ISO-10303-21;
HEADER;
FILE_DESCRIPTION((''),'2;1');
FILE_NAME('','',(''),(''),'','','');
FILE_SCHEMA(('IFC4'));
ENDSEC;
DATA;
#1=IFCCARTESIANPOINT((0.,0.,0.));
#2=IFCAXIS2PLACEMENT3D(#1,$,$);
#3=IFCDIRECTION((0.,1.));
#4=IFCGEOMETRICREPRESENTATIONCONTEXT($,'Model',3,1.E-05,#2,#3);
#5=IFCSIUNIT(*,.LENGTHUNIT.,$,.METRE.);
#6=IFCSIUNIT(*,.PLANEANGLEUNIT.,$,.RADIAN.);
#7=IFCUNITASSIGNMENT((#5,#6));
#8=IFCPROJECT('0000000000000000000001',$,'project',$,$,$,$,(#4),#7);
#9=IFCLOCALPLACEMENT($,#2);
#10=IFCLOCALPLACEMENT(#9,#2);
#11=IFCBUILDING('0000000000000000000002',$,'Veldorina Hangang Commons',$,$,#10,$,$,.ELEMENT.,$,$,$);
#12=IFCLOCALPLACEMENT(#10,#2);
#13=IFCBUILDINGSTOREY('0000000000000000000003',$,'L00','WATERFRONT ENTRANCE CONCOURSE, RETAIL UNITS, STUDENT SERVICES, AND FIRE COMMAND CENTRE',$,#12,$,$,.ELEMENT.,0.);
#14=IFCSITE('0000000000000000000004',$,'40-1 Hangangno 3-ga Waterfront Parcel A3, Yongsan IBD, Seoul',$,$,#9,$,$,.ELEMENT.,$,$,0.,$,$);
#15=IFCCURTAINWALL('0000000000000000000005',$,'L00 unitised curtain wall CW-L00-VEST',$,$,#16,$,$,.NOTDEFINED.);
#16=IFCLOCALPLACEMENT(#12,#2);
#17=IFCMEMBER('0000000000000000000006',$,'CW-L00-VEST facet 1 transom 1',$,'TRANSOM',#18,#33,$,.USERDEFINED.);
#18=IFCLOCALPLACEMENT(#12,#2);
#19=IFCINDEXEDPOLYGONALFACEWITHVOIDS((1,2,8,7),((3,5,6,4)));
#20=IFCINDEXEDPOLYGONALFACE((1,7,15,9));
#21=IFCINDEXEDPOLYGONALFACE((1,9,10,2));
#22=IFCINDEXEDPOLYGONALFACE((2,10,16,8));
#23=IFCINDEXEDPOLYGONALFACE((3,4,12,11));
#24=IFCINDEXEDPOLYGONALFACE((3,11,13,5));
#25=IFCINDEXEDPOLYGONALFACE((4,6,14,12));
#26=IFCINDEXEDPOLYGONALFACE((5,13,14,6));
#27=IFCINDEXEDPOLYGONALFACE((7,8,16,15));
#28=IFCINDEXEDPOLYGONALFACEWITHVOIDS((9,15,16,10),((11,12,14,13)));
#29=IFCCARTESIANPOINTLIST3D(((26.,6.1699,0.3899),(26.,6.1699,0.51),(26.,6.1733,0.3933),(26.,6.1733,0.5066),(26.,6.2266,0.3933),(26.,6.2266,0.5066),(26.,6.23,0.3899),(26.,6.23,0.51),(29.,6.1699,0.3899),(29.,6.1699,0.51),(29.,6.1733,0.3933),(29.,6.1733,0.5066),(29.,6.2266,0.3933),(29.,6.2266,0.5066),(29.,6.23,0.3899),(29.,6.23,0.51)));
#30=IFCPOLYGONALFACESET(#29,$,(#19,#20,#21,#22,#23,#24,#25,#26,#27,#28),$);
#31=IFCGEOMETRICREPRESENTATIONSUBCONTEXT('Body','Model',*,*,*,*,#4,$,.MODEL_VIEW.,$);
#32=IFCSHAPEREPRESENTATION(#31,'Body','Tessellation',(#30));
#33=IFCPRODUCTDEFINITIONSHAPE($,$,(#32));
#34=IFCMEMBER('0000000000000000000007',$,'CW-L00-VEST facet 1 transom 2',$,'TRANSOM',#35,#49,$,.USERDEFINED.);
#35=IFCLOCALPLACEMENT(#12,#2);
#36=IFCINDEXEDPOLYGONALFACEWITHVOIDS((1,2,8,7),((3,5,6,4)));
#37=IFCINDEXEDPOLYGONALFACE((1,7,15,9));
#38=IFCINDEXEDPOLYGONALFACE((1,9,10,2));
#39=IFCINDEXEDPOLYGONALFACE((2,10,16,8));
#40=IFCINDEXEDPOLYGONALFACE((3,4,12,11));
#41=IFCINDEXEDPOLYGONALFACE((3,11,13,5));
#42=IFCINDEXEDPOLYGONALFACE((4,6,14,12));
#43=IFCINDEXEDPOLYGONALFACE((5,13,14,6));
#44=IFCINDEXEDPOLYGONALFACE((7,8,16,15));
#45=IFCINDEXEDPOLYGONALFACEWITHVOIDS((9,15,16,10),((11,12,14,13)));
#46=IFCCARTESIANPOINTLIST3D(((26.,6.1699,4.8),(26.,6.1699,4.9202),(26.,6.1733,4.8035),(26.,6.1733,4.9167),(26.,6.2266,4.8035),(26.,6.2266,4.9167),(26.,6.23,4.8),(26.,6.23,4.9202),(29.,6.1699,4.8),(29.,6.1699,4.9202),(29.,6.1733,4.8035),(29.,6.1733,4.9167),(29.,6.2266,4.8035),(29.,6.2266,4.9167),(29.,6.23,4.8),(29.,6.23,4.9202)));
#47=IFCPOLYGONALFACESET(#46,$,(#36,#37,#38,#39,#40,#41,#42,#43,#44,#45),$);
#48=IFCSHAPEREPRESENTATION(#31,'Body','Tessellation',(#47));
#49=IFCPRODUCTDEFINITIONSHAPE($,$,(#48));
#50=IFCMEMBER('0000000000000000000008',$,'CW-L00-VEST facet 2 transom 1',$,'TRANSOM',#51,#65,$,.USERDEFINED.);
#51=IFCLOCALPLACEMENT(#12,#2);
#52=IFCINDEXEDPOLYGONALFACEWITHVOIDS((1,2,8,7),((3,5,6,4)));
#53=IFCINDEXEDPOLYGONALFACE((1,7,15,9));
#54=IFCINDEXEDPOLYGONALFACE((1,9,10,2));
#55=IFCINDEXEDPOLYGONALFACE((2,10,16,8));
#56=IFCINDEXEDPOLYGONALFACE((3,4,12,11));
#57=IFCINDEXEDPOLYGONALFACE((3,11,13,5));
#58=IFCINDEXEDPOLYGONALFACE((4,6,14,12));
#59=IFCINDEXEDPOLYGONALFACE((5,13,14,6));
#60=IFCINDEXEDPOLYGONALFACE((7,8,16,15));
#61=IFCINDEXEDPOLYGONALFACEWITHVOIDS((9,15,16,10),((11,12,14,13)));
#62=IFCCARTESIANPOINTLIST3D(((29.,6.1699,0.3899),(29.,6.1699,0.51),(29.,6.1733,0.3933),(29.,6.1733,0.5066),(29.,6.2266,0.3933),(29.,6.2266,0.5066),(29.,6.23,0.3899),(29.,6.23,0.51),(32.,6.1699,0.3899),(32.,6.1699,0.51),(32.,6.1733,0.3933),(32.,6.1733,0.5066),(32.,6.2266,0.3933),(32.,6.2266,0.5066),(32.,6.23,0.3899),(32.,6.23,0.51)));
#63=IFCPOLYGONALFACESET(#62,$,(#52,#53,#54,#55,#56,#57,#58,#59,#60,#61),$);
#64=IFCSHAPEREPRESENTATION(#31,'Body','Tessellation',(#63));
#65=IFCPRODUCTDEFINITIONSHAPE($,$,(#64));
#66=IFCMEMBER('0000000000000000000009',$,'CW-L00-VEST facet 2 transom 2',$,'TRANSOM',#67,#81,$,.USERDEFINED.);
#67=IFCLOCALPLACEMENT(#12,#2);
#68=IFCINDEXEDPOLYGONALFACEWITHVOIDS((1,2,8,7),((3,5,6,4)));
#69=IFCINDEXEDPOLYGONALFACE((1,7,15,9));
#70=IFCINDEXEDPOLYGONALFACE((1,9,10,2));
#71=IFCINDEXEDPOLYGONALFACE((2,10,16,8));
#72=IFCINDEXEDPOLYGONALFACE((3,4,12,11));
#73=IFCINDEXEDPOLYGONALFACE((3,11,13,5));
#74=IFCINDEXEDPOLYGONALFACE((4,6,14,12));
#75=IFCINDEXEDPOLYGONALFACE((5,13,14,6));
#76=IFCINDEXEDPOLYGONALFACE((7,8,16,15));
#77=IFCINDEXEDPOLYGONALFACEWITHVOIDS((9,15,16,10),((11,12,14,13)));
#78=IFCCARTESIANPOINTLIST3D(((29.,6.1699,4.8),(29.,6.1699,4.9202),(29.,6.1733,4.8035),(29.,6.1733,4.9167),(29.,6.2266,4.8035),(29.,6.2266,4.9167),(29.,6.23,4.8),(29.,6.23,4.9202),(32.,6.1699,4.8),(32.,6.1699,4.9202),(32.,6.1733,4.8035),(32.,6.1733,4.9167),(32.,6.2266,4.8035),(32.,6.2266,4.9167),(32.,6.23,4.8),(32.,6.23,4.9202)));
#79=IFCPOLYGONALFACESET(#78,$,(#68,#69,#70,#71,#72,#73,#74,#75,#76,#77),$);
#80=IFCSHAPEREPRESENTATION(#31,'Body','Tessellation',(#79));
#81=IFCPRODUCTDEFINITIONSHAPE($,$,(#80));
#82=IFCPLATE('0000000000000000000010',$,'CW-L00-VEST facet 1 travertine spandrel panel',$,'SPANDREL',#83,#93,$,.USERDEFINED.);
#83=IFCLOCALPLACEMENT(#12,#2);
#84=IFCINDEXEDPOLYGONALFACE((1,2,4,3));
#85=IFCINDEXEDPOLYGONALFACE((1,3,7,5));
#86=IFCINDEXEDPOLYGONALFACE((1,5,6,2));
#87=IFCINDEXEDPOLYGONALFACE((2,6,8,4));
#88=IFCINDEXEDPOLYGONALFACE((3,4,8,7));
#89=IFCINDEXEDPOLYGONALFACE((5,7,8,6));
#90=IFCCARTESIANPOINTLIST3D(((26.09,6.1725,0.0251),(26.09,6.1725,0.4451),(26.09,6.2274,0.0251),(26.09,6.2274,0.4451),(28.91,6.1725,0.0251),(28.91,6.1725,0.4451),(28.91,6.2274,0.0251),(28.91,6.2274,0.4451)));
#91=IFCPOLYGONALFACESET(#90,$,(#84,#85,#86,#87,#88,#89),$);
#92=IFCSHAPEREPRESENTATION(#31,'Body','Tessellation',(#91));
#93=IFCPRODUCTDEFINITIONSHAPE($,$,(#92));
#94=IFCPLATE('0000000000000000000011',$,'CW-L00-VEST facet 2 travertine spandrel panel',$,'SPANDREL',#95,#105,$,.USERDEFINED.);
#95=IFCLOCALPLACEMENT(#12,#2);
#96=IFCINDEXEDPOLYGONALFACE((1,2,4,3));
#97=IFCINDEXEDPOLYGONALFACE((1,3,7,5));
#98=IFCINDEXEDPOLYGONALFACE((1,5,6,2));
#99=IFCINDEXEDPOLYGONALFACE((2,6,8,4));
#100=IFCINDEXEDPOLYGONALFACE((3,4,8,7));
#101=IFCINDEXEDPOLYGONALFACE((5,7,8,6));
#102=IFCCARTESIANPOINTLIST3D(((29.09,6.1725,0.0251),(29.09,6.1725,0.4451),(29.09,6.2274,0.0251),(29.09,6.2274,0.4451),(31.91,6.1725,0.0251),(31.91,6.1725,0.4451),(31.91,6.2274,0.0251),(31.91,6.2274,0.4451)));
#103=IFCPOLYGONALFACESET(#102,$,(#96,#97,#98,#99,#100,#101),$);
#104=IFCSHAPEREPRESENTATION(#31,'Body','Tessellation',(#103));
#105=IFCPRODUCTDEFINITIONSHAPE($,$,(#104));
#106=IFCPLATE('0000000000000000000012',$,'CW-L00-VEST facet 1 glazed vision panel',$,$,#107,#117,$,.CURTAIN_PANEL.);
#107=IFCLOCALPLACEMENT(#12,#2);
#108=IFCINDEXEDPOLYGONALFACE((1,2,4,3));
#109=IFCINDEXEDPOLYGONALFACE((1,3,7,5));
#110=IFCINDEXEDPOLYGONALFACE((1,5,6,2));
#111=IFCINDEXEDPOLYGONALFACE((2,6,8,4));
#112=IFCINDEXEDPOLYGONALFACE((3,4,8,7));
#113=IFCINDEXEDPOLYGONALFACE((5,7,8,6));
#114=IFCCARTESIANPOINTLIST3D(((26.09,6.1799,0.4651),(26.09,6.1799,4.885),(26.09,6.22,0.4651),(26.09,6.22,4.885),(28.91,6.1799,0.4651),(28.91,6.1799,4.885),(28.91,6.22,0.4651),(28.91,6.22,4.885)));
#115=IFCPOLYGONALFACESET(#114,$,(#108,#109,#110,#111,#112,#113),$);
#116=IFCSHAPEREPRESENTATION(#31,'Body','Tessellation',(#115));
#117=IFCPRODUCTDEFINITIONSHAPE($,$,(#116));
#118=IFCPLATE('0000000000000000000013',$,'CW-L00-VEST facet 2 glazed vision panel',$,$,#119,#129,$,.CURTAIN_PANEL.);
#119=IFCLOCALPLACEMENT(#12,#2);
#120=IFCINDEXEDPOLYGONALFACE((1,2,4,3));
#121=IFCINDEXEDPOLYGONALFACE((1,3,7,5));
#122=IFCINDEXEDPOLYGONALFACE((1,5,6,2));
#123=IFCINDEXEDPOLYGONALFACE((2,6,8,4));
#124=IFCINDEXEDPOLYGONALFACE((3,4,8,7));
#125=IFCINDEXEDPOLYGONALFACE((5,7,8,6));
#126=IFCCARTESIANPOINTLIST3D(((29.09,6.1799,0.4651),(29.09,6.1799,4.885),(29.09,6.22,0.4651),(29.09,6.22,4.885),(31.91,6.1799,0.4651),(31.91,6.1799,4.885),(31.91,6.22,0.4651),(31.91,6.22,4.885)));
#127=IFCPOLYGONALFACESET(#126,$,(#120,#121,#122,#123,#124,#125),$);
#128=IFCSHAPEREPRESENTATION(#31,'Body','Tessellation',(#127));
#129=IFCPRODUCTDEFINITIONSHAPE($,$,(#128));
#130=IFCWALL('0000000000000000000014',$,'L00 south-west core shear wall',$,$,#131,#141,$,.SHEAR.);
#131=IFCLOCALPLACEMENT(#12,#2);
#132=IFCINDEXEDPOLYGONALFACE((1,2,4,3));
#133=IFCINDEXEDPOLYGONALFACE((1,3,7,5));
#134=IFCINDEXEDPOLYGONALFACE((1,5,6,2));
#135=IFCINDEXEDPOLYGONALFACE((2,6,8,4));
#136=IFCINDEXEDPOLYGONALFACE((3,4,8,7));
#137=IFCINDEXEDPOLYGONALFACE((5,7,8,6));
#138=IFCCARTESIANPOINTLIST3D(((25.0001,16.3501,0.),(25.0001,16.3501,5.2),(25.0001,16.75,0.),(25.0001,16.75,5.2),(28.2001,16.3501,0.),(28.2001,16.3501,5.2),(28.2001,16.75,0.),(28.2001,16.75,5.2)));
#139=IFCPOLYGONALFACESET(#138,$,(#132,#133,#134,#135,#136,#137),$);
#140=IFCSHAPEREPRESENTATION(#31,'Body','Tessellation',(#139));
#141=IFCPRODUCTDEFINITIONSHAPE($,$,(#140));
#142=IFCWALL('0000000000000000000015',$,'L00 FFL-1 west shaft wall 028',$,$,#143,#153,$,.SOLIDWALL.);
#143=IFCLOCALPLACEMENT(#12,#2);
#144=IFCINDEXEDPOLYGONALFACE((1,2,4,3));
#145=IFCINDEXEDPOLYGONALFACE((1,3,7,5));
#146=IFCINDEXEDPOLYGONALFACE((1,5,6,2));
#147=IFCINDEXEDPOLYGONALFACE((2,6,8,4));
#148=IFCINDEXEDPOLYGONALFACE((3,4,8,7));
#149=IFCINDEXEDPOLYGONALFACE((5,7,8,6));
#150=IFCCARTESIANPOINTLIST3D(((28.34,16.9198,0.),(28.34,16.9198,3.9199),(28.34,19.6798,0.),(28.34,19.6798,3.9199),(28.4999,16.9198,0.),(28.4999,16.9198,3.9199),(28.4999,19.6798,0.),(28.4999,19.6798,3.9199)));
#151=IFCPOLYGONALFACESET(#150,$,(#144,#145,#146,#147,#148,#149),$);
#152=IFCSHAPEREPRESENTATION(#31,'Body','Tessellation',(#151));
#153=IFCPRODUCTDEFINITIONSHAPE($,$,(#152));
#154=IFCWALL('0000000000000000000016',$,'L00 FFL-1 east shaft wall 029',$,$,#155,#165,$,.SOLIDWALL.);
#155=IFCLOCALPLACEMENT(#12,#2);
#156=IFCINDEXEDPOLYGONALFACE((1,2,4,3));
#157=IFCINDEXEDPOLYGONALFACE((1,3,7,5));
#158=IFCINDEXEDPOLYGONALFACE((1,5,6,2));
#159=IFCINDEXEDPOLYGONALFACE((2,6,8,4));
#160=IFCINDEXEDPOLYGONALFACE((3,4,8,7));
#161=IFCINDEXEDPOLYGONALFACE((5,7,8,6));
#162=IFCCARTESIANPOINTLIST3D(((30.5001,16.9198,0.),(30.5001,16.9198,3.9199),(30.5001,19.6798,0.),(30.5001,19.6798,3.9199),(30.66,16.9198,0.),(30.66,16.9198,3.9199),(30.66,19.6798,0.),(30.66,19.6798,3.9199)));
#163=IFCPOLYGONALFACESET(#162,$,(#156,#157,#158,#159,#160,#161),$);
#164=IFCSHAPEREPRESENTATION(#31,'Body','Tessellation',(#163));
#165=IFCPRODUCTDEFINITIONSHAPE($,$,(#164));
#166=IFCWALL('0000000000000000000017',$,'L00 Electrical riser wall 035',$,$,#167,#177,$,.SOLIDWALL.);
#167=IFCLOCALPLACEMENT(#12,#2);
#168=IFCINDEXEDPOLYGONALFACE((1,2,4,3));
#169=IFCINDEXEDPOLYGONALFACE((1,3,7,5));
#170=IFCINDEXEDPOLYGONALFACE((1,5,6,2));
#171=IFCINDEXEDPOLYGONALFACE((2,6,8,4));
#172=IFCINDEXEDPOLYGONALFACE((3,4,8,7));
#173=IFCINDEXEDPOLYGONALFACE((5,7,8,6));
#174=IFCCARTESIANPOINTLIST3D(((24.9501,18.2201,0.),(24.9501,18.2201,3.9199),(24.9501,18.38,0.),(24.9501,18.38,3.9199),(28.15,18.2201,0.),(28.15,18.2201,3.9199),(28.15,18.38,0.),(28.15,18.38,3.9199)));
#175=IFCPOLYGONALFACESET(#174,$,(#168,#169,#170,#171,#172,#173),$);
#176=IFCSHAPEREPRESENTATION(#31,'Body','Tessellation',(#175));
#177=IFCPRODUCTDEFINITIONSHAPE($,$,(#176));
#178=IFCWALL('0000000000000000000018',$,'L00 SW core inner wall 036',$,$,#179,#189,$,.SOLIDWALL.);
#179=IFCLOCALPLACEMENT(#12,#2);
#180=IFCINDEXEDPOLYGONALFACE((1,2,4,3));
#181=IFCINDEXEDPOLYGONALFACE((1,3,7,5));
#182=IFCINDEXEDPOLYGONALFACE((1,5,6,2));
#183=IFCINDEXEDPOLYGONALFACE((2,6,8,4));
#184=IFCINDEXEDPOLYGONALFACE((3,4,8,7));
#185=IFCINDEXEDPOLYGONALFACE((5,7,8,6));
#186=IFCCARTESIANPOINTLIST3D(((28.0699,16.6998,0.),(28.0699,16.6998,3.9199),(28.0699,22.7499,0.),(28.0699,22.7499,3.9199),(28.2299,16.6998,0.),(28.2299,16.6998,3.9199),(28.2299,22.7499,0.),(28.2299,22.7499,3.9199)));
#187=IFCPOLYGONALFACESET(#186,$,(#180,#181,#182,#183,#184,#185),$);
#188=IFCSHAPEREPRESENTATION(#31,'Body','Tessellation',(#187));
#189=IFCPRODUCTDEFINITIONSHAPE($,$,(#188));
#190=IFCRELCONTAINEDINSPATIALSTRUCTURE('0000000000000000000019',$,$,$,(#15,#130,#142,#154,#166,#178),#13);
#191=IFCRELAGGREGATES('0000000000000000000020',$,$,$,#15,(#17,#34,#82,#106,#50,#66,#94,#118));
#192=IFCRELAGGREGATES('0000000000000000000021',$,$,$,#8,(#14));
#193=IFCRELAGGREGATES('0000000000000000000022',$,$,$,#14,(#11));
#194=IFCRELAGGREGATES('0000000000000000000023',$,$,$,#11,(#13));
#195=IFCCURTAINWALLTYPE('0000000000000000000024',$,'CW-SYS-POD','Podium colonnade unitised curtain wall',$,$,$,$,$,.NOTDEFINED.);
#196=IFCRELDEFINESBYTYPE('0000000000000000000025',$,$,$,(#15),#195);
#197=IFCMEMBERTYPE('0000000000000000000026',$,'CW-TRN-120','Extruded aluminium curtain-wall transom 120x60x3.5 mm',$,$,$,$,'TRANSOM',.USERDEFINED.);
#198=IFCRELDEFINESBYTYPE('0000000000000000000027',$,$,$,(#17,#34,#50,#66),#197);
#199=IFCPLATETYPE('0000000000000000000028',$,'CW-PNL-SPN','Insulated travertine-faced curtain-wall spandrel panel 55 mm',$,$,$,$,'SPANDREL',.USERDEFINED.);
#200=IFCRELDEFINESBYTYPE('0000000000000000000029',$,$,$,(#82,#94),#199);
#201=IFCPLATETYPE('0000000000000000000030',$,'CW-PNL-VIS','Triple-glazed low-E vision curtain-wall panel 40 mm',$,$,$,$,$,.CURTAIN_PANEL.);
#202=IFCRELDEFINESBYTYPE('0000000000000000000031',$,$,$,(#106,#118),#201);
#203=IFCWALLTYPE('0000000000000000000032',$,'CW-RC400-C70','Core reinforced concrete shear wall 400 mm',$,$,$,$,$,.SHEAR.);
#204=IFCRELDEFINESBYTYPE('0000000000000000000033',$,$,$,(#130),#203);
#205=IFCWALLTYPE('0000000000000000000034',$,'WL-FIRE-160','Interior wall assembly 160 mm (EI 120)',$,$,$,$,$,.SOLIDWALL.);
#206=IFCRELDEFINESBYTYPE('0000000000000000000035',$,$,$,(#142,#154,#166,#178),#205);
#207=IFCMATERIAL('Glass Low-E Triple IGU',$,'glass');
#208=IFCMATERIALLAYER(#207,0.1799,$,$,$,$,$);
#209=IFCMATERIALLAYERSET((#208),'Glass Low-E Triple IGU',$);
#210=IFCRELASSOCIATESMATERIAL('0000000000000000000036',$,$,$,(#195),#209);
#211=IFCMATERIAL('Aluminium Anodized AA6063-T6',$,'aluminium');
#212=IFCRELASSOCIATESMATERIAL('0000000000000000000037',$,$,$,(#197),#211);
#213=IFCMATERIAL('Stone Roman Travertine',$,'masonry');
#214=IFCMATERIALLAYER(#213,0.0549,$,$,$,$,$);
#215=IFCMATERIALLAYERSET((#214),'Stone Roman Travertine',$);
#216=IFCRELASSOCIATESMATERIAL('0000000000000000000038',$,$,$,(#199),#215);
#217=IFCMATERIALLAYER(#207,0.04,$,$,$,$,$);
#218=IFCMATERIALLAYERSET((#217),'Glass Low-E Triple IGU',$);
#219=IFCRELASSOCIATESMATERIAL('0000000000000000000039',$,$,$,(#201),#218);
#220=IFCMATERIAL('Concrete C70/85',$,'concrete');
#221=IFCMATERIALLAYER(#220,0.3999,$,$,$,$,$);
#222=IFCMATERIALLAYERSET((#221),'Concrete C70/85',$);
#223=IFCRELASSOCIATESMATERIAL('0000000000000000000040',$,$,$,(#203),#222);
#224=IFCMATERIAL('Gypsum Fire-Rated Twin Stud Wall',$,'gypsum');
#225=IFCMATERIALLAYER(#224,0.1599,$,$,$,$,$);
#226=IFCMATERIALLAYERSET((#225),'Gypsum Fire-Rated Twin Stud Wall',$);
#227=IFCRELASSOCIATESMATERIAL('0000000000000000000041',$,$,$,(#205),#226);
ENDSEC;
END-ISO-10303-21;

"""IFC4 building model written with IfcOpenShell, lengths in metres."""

from ifc_helpers import new_model, si_unit, direction, frame, frame_2d, origin, origin_2d, place, context, subcontext, project, spatial, rectangle, hollow_rectangle, extrude, material, layer, layer_set, material_profile, profile_set, type_object, element, aggregate, save


model = new_model("IFC4")

# Units and contexts
model_context = context("Model", 3, precision=1e-05, world=origin(), true_north=direction((0.0, 1.0)))
body_context = subcontext(model_context, "Body", "Model", "MODEL_VIEW")
ifc_project = project(units=[si_unit("LENGTHUNIT", "METRE"), si_unit("PLANEANGLEUNIT", "RADIAN")], contexts=[model_context])

# Site, building, storey
site_placement = place(None, origin())
site = spatial("IfcSite", under=ifc_project, at=site_placement, Name="40-1 Hangangno 3-ga Waterfront Parcel A3, Yongsan IBD, Seoul", CompositionType="ELEMENT", RefElevation=0.0)
building_placement = place(site_placement, origin())
building = spatial("IfcBuilding", under=site, at=building_placement, Name="Veldorina Hangang Commons", CompositionType="ELEMENT")
storey_placement = place(building_placement, origin())
storey = spatial("IfcBuildingStorey", under=building, at=storey_placement, Name="L00", Description="WATERFRONT ENTRANCE CONCOURSE, RETAIL UNITS, STUDENT SERVICES, AND FIRE COMMAND CENTRE", CompositionType="ELEMENT", Elevation=0.0)

# Shared definitions
ifc_material_1 = material(Name="Concrete C70/85", Category="concrete")

# Curtain wall, members, plates
ifc_material_2 = material(Name="Glass Low-E Triple IGU", Category="glass")
ifc_layer_1 = layer(ifc_material_2, 0.1799)
ifc_layer_set_1 = layer_set([ifc_layer_1], Name="Glass Low-E Triple IGU")
curtain_wall_type = type_object("IfcCurtainWallType", Name="CW-SYS-POD", Description="Podium colonnade unitised curtain wall", PredefinedType="NOTDEFINED", material=ifc_layer_set_1)
curtain_wall_placement = place(storey_placement, origin())
curtain_wall = element("IfcCurtainWall", 1, at=curtain_wall_placement, inside=storey, type_object=curtain_wall_type, Name="L00 unitised curtain wall CW-L00-VEST", PredefinedType="NOTDEFINED")
ifc_material_3 = material(Name="Aluminium Anodized AA6063-T6", Category="aluminium")
ifc_material_profile_1 = material_profile(ifc_material_3, hollow_rectangle(XDim=0.0601, YDim=0.1201, WallThickness=0.0034, at=origin_2d()), Name="ALU-RHS-120x60x3.5")
ifc_profile_set_1 = profile_set([ifc_material_profile_1], Name="Aluminium Anodized AA6063-T6")
member_type_1 = type_object("IfcMemberType", Name="CW-TRN-120", Description="Extruded aluminium curtain-wall transom 120x60x3.5 mm", ElementType="TRANSOM", PredefinedType="USERDEFINED", material=ifc_profile_set_1)
member_1_placement = place(storey_placement, frame((26.0, 6.2, 0.45), z_axis=(1.0, 0.0, 0.0), x_axis=(0.0, 1.0, 0.0)))
member_1 = element("IfcMember", 2, at=member_1_placement, type_object=member_type_1, Name="CW-L00-VEST facet 1 transom 1", ObjectType="TRANSOM", PredefinedType="USERDEFINED", context=body_context, shape_type="SweptSolid", body=[
    extrude(hollow_rectangle(XDim=0.0601, YDim=0.1201, WallThickness=0.0034, at=origin_2d()), origin(), (0.0, 0.0, 1.0), 3.0),
])
member_2_placement = place(storey_placement, frame((26.0, 6.2, 4.8601), z_axis=(1.0, 0.0, 0.0), x_axis=(0.0, 1.0, 0.0)))
member_2 = element("IfcMember", 3, at=member_2_placement, type_object=member_type_1, Name="CW-L00-VEST facet 1 transom 2", ObjectType="TRANSOM", PredefinedType="USERDEFINED", context=body_context, shape_type="SweptSolid", body=[
    extrude(hollow_rectangle(XDim=0.0601, YDim=0.1201, WallThickness=0.0034, at=origin_2d()), origin(), (0.0, 0.0, 1.0), 3.0),
])
member_3_placement = place(storey_placement, frame((29.0, 6.2, 0.45), z_axis=(1.0, 0.0, 0.0), x_axis=(0.0, 1.0, 0.0)))
member_3 = element("IfcMember", 4, at=member_3_placement, type_object=member_type_1, Name="CW-L00-VEST facet 2 transom 1", ObjectType="TRANSOM", PredefinedType="USERDEFINED", context=body_context, shape_type="SweptSolid", body=[
    extrude(hollow_rectangle(XDim=0.0601, YDim=0.1201, WallThickness=0.0034, at=origin_2d()), origin(), (0.0, 0.0, 1.0), 3.0),
])
member_4_placement = place(storey_placement, frame((29.0, 6.2, 4.8601), z_axis=(1.0, 0.0, 0.0), x_axis=(0.0, 1.0, 0.0)))
member_4 = element("IfcMember", 5, at=member_4_placement, type_object=member_type_1, Name="CW-L00-VEST facet 2 transom 2", ObjectType="TRANSOM", PredefinedType="USERDEFINED", context=body_context, shape_type="SweptSolid", body=[
    extrude(hollow_rectangle(XDim=0.0601, YDim=0.1201, WallThickness=0.0034, at=origin_2d()), origin(), (0.0, 0.0, 1.0), 3.0),
])
ifc_material_4 = material(Name="Stone Roman Travertine", Category="masonry")
ifc_layer_2 = layer(ifc_material_4, 0.0549)
ifc_layer_set_2 = layer_set([ifc_layer_2], Name="Stone Roman Travertine")
plate_type_1 = type_object("IfcPlateType", Name="CW-PNL-SPN", Description="Insulated travertine-faced curtain-wall spandrel panel 55 mm", ElementType="SPANDREL", PredefinedType="USERDEFINED", material=ifc_layer_set_2)
plate_1_placement = place(storey_placement, frame((27.5, 6.2, 0.0251), z_axis=(0.0, 0.0, 1.0), x_axis=(1.0, 0.0, 0.0)))
plate_1 = element("IfcPlate", 6, at=plate_1_placement, type_object=plate_type_1, Name="CW-L00-VEST facet 1 travertine spandrel panel", ObjectType="SPANDREL", PredefinedType="USERDEFINED", context=body_context, shape_type="SweptSolid", body=[
    extrude(rectangle(XDim=2.8201, YDim=0.0549, at=origin_2d()), origin(), (0.0, 0.0, 1.0), 0.4199),
])
plate_2_placement = place(storey_placement, frame((30.5, 6.2, 0.0251), z_axis=(0.0, 0.0, 1.0), x_axis=(1.0, 0.0, 0.0)))
plate_2 = element("IfcPlate", 7, at=plate_2_placement, type_object=plate_type_1, Name="CW-L00-VEST facet 2 travertine spandrel panel", ObjectType="SPANDREL", PredefinedType="USERDEFINED", context=body_context, shape_type="SweptSolid", body=[
    extrude(rectangle(XDim=2.8201, YDim=0.0549, at=origin_2d()), origin(), (0.0, 0.0, 1.0), 0.4199),
])
ifc_layer_3 = layer(ifc_material_2, 0.04)
ifc_layer_set_3 = layer_set([ifc_layer_3], Name="Glass Low-E Triple IGU")
plate_type_2 = type_object("IfcPlateType", Name="CW-PNL-VIS", Description="Triple-glazed low-E vision curtain-wall panel 40 mm", PredefinedType="CURTAIN_PANEL", material=ifc_layer_set_3)
plate_3_placement = place(storey_placement, frame((27.5, 6.2, 0.4651), z_axis=(0.0, 0.0, 1.0), x_axis=(1.0, 0.0, 0.0)))
plate_3 = element("IfcPlate", 8, at=plate_3_placement, type_object=plate_type_2, Name="CW-L00-VEST facet 1 glazed vision panel", PredefinedType="CURTAIN_PANEL", context=body_context, shape_type="SweptSolid", body=[
    extrude(rectangle(XDim=2.8201, YDim=0.04, at=origin_2d()), origin(), (0.0, 0.0, 1.0), 4.4199),
])
plate_4_placement = place(storey_placement, frame((30.5, 6.2, 0.4651), z_axis=(0.0, 0.0, 1.0), x_axis=(1.0, 0.0, 0.0)))
plate_4 = element("IfcPlate", 9, at=plate_4_placement, type_object=plate_type_2, Name="CW-L00-VEST facet 2 glazed vision panel", PredefinedType="CURTAIN_PANEL", context=body_context, shape_type="SweptSolid", body=[
    extrude(rectangle(XDim=2.8201, YDim=0.04, at=origin_2d()), origin(), (0.0, 0.0, 1.0), 4.4199),
])
aggregate(curtain_wall, [member_1, member_2, plate_1, plate_3, member_3, member_4, plate_2, plate_4])

# Wall
ifc_layer_4 = layer(ifc_material_1, 0.3999)
ifc_layer_set_4 = layer_set([ifc_layer_4], Name="Concrete C70/85")
wall_type_1 = type_object("IfcWallType", Name="CW-RC400-C70", Description="Core reinforced concrete shear wall 400 mm", PredefinedType="SHEAR", material=ifc_layer_set_4)
wall_1_placement = place(storey_placement, frame((25.0, 16.55, 0.0), z_axis=(0.0, 0.0, 1.0), x_axis=(1.0, 0.0, 0.0)))
element("IfcWall", 10, at=wall_1_placement, inside=storey, type_object=wall_type_1, Name="L00 south-west core shear wall", PredefinedType="SHEAR", context=body_context, shape_type="SweptSolid", body=[
    extrude(rectangle(XDim=3.2, YDim=0.3999, at=frame_2d((1.6001, 0.0))), origin(), (0.0, 0.0, 1.0), 5.2),
])

# Shared definitions
ifc_material_5 = material(Name="Gypsum Fire-Rated Twin Stud Wall", Category="gypsum")
ifc_layer_5 = layer(ifc_material_5, 0.1599)
ifc_layer_set_5 = layer_set([ifc_layer_5], Name="Gypsum Fire-Rated Twin Stud Wall")
wall_type_2 = type_object("IfcWallType", Name="WL-FIRE-160", Description="Interior wall assembly 160 mm (EI 120)", PredefinedType="SOLIDWALL", material=ifc_layer_set_5)

# Walls
for number, where, z_axis, x_axis, name in (
    (11, (28.4199, 16.9199, 0.0), (0.0, 0.0, 1.0), (0.0, 1.0, 0.0), "L00 FFL-1 west shaft wall 028"),
    (12, (30.5801, 16.9199, 0.0), (0.0, 0.0, 1.0), (0.0, 1.0, 0.0), "L00 FFL-1 east shaft wall 029"),
):
    element("IfcWall", number, at=place(storey_placement, frame(where, z_axis=z_axis, x_axis=x_axis)), inside=storey, type_object=wall_type_2, Name=name, PredefinedType="SOLIDWALL", context=body_context, shape_type="SweptSolid", body=[
        extrude(rectangle(XDim=2.76, YDim=0.1599, at=frame_2d((1.3799, 0.0))), origin(), (0.0, 0.0, 1.0), 3.9199),
    ])
wall_2_placement = place(storey_placement, frame((24.95, 18.3, 0.0), z_axis=(0.0, 0.0, 1.0), x_axis=(1.0, 0.0, 0.0)))
element("IfcWall", 13, at=wall_2_placement, inside=storey, type_object=wall_type_2, Name="L00 Electrical riser wall 035", PredefinedType="SOLIDWALL", context=body_context, shape_type="SweptSolid", body=[
    extrude(rectangle(XDim=3.2, YDim=0.1599, at=frame_2d((1.6001, 0.0))), origin(), (0.0, 0.0, 1.0), 3.9199),
])
wall_3_placement = place(storey_placement, frame((28.1499, 16.7, 0.0), z_axis=(0.0, 0.0, 1.0), x_axis=(0.0, 1.0, 0.0)))
element("IfcWall", 14, at=wall_3_placement, inside=storey, type_object=wall_type_2, Name="L00 SW core inner wall 036", PredefinedType="SOLIDWALL", context=body_context, shape_type="SweptSolid", body=[
    extrude(rectangle(XDim=6.05, YDim=0.1599, at=frame_2d((3.0249, 0.0))), origin(), (0.0, 0.0, 1.0), 3.9199),
])

save(model, "model.ifc")
